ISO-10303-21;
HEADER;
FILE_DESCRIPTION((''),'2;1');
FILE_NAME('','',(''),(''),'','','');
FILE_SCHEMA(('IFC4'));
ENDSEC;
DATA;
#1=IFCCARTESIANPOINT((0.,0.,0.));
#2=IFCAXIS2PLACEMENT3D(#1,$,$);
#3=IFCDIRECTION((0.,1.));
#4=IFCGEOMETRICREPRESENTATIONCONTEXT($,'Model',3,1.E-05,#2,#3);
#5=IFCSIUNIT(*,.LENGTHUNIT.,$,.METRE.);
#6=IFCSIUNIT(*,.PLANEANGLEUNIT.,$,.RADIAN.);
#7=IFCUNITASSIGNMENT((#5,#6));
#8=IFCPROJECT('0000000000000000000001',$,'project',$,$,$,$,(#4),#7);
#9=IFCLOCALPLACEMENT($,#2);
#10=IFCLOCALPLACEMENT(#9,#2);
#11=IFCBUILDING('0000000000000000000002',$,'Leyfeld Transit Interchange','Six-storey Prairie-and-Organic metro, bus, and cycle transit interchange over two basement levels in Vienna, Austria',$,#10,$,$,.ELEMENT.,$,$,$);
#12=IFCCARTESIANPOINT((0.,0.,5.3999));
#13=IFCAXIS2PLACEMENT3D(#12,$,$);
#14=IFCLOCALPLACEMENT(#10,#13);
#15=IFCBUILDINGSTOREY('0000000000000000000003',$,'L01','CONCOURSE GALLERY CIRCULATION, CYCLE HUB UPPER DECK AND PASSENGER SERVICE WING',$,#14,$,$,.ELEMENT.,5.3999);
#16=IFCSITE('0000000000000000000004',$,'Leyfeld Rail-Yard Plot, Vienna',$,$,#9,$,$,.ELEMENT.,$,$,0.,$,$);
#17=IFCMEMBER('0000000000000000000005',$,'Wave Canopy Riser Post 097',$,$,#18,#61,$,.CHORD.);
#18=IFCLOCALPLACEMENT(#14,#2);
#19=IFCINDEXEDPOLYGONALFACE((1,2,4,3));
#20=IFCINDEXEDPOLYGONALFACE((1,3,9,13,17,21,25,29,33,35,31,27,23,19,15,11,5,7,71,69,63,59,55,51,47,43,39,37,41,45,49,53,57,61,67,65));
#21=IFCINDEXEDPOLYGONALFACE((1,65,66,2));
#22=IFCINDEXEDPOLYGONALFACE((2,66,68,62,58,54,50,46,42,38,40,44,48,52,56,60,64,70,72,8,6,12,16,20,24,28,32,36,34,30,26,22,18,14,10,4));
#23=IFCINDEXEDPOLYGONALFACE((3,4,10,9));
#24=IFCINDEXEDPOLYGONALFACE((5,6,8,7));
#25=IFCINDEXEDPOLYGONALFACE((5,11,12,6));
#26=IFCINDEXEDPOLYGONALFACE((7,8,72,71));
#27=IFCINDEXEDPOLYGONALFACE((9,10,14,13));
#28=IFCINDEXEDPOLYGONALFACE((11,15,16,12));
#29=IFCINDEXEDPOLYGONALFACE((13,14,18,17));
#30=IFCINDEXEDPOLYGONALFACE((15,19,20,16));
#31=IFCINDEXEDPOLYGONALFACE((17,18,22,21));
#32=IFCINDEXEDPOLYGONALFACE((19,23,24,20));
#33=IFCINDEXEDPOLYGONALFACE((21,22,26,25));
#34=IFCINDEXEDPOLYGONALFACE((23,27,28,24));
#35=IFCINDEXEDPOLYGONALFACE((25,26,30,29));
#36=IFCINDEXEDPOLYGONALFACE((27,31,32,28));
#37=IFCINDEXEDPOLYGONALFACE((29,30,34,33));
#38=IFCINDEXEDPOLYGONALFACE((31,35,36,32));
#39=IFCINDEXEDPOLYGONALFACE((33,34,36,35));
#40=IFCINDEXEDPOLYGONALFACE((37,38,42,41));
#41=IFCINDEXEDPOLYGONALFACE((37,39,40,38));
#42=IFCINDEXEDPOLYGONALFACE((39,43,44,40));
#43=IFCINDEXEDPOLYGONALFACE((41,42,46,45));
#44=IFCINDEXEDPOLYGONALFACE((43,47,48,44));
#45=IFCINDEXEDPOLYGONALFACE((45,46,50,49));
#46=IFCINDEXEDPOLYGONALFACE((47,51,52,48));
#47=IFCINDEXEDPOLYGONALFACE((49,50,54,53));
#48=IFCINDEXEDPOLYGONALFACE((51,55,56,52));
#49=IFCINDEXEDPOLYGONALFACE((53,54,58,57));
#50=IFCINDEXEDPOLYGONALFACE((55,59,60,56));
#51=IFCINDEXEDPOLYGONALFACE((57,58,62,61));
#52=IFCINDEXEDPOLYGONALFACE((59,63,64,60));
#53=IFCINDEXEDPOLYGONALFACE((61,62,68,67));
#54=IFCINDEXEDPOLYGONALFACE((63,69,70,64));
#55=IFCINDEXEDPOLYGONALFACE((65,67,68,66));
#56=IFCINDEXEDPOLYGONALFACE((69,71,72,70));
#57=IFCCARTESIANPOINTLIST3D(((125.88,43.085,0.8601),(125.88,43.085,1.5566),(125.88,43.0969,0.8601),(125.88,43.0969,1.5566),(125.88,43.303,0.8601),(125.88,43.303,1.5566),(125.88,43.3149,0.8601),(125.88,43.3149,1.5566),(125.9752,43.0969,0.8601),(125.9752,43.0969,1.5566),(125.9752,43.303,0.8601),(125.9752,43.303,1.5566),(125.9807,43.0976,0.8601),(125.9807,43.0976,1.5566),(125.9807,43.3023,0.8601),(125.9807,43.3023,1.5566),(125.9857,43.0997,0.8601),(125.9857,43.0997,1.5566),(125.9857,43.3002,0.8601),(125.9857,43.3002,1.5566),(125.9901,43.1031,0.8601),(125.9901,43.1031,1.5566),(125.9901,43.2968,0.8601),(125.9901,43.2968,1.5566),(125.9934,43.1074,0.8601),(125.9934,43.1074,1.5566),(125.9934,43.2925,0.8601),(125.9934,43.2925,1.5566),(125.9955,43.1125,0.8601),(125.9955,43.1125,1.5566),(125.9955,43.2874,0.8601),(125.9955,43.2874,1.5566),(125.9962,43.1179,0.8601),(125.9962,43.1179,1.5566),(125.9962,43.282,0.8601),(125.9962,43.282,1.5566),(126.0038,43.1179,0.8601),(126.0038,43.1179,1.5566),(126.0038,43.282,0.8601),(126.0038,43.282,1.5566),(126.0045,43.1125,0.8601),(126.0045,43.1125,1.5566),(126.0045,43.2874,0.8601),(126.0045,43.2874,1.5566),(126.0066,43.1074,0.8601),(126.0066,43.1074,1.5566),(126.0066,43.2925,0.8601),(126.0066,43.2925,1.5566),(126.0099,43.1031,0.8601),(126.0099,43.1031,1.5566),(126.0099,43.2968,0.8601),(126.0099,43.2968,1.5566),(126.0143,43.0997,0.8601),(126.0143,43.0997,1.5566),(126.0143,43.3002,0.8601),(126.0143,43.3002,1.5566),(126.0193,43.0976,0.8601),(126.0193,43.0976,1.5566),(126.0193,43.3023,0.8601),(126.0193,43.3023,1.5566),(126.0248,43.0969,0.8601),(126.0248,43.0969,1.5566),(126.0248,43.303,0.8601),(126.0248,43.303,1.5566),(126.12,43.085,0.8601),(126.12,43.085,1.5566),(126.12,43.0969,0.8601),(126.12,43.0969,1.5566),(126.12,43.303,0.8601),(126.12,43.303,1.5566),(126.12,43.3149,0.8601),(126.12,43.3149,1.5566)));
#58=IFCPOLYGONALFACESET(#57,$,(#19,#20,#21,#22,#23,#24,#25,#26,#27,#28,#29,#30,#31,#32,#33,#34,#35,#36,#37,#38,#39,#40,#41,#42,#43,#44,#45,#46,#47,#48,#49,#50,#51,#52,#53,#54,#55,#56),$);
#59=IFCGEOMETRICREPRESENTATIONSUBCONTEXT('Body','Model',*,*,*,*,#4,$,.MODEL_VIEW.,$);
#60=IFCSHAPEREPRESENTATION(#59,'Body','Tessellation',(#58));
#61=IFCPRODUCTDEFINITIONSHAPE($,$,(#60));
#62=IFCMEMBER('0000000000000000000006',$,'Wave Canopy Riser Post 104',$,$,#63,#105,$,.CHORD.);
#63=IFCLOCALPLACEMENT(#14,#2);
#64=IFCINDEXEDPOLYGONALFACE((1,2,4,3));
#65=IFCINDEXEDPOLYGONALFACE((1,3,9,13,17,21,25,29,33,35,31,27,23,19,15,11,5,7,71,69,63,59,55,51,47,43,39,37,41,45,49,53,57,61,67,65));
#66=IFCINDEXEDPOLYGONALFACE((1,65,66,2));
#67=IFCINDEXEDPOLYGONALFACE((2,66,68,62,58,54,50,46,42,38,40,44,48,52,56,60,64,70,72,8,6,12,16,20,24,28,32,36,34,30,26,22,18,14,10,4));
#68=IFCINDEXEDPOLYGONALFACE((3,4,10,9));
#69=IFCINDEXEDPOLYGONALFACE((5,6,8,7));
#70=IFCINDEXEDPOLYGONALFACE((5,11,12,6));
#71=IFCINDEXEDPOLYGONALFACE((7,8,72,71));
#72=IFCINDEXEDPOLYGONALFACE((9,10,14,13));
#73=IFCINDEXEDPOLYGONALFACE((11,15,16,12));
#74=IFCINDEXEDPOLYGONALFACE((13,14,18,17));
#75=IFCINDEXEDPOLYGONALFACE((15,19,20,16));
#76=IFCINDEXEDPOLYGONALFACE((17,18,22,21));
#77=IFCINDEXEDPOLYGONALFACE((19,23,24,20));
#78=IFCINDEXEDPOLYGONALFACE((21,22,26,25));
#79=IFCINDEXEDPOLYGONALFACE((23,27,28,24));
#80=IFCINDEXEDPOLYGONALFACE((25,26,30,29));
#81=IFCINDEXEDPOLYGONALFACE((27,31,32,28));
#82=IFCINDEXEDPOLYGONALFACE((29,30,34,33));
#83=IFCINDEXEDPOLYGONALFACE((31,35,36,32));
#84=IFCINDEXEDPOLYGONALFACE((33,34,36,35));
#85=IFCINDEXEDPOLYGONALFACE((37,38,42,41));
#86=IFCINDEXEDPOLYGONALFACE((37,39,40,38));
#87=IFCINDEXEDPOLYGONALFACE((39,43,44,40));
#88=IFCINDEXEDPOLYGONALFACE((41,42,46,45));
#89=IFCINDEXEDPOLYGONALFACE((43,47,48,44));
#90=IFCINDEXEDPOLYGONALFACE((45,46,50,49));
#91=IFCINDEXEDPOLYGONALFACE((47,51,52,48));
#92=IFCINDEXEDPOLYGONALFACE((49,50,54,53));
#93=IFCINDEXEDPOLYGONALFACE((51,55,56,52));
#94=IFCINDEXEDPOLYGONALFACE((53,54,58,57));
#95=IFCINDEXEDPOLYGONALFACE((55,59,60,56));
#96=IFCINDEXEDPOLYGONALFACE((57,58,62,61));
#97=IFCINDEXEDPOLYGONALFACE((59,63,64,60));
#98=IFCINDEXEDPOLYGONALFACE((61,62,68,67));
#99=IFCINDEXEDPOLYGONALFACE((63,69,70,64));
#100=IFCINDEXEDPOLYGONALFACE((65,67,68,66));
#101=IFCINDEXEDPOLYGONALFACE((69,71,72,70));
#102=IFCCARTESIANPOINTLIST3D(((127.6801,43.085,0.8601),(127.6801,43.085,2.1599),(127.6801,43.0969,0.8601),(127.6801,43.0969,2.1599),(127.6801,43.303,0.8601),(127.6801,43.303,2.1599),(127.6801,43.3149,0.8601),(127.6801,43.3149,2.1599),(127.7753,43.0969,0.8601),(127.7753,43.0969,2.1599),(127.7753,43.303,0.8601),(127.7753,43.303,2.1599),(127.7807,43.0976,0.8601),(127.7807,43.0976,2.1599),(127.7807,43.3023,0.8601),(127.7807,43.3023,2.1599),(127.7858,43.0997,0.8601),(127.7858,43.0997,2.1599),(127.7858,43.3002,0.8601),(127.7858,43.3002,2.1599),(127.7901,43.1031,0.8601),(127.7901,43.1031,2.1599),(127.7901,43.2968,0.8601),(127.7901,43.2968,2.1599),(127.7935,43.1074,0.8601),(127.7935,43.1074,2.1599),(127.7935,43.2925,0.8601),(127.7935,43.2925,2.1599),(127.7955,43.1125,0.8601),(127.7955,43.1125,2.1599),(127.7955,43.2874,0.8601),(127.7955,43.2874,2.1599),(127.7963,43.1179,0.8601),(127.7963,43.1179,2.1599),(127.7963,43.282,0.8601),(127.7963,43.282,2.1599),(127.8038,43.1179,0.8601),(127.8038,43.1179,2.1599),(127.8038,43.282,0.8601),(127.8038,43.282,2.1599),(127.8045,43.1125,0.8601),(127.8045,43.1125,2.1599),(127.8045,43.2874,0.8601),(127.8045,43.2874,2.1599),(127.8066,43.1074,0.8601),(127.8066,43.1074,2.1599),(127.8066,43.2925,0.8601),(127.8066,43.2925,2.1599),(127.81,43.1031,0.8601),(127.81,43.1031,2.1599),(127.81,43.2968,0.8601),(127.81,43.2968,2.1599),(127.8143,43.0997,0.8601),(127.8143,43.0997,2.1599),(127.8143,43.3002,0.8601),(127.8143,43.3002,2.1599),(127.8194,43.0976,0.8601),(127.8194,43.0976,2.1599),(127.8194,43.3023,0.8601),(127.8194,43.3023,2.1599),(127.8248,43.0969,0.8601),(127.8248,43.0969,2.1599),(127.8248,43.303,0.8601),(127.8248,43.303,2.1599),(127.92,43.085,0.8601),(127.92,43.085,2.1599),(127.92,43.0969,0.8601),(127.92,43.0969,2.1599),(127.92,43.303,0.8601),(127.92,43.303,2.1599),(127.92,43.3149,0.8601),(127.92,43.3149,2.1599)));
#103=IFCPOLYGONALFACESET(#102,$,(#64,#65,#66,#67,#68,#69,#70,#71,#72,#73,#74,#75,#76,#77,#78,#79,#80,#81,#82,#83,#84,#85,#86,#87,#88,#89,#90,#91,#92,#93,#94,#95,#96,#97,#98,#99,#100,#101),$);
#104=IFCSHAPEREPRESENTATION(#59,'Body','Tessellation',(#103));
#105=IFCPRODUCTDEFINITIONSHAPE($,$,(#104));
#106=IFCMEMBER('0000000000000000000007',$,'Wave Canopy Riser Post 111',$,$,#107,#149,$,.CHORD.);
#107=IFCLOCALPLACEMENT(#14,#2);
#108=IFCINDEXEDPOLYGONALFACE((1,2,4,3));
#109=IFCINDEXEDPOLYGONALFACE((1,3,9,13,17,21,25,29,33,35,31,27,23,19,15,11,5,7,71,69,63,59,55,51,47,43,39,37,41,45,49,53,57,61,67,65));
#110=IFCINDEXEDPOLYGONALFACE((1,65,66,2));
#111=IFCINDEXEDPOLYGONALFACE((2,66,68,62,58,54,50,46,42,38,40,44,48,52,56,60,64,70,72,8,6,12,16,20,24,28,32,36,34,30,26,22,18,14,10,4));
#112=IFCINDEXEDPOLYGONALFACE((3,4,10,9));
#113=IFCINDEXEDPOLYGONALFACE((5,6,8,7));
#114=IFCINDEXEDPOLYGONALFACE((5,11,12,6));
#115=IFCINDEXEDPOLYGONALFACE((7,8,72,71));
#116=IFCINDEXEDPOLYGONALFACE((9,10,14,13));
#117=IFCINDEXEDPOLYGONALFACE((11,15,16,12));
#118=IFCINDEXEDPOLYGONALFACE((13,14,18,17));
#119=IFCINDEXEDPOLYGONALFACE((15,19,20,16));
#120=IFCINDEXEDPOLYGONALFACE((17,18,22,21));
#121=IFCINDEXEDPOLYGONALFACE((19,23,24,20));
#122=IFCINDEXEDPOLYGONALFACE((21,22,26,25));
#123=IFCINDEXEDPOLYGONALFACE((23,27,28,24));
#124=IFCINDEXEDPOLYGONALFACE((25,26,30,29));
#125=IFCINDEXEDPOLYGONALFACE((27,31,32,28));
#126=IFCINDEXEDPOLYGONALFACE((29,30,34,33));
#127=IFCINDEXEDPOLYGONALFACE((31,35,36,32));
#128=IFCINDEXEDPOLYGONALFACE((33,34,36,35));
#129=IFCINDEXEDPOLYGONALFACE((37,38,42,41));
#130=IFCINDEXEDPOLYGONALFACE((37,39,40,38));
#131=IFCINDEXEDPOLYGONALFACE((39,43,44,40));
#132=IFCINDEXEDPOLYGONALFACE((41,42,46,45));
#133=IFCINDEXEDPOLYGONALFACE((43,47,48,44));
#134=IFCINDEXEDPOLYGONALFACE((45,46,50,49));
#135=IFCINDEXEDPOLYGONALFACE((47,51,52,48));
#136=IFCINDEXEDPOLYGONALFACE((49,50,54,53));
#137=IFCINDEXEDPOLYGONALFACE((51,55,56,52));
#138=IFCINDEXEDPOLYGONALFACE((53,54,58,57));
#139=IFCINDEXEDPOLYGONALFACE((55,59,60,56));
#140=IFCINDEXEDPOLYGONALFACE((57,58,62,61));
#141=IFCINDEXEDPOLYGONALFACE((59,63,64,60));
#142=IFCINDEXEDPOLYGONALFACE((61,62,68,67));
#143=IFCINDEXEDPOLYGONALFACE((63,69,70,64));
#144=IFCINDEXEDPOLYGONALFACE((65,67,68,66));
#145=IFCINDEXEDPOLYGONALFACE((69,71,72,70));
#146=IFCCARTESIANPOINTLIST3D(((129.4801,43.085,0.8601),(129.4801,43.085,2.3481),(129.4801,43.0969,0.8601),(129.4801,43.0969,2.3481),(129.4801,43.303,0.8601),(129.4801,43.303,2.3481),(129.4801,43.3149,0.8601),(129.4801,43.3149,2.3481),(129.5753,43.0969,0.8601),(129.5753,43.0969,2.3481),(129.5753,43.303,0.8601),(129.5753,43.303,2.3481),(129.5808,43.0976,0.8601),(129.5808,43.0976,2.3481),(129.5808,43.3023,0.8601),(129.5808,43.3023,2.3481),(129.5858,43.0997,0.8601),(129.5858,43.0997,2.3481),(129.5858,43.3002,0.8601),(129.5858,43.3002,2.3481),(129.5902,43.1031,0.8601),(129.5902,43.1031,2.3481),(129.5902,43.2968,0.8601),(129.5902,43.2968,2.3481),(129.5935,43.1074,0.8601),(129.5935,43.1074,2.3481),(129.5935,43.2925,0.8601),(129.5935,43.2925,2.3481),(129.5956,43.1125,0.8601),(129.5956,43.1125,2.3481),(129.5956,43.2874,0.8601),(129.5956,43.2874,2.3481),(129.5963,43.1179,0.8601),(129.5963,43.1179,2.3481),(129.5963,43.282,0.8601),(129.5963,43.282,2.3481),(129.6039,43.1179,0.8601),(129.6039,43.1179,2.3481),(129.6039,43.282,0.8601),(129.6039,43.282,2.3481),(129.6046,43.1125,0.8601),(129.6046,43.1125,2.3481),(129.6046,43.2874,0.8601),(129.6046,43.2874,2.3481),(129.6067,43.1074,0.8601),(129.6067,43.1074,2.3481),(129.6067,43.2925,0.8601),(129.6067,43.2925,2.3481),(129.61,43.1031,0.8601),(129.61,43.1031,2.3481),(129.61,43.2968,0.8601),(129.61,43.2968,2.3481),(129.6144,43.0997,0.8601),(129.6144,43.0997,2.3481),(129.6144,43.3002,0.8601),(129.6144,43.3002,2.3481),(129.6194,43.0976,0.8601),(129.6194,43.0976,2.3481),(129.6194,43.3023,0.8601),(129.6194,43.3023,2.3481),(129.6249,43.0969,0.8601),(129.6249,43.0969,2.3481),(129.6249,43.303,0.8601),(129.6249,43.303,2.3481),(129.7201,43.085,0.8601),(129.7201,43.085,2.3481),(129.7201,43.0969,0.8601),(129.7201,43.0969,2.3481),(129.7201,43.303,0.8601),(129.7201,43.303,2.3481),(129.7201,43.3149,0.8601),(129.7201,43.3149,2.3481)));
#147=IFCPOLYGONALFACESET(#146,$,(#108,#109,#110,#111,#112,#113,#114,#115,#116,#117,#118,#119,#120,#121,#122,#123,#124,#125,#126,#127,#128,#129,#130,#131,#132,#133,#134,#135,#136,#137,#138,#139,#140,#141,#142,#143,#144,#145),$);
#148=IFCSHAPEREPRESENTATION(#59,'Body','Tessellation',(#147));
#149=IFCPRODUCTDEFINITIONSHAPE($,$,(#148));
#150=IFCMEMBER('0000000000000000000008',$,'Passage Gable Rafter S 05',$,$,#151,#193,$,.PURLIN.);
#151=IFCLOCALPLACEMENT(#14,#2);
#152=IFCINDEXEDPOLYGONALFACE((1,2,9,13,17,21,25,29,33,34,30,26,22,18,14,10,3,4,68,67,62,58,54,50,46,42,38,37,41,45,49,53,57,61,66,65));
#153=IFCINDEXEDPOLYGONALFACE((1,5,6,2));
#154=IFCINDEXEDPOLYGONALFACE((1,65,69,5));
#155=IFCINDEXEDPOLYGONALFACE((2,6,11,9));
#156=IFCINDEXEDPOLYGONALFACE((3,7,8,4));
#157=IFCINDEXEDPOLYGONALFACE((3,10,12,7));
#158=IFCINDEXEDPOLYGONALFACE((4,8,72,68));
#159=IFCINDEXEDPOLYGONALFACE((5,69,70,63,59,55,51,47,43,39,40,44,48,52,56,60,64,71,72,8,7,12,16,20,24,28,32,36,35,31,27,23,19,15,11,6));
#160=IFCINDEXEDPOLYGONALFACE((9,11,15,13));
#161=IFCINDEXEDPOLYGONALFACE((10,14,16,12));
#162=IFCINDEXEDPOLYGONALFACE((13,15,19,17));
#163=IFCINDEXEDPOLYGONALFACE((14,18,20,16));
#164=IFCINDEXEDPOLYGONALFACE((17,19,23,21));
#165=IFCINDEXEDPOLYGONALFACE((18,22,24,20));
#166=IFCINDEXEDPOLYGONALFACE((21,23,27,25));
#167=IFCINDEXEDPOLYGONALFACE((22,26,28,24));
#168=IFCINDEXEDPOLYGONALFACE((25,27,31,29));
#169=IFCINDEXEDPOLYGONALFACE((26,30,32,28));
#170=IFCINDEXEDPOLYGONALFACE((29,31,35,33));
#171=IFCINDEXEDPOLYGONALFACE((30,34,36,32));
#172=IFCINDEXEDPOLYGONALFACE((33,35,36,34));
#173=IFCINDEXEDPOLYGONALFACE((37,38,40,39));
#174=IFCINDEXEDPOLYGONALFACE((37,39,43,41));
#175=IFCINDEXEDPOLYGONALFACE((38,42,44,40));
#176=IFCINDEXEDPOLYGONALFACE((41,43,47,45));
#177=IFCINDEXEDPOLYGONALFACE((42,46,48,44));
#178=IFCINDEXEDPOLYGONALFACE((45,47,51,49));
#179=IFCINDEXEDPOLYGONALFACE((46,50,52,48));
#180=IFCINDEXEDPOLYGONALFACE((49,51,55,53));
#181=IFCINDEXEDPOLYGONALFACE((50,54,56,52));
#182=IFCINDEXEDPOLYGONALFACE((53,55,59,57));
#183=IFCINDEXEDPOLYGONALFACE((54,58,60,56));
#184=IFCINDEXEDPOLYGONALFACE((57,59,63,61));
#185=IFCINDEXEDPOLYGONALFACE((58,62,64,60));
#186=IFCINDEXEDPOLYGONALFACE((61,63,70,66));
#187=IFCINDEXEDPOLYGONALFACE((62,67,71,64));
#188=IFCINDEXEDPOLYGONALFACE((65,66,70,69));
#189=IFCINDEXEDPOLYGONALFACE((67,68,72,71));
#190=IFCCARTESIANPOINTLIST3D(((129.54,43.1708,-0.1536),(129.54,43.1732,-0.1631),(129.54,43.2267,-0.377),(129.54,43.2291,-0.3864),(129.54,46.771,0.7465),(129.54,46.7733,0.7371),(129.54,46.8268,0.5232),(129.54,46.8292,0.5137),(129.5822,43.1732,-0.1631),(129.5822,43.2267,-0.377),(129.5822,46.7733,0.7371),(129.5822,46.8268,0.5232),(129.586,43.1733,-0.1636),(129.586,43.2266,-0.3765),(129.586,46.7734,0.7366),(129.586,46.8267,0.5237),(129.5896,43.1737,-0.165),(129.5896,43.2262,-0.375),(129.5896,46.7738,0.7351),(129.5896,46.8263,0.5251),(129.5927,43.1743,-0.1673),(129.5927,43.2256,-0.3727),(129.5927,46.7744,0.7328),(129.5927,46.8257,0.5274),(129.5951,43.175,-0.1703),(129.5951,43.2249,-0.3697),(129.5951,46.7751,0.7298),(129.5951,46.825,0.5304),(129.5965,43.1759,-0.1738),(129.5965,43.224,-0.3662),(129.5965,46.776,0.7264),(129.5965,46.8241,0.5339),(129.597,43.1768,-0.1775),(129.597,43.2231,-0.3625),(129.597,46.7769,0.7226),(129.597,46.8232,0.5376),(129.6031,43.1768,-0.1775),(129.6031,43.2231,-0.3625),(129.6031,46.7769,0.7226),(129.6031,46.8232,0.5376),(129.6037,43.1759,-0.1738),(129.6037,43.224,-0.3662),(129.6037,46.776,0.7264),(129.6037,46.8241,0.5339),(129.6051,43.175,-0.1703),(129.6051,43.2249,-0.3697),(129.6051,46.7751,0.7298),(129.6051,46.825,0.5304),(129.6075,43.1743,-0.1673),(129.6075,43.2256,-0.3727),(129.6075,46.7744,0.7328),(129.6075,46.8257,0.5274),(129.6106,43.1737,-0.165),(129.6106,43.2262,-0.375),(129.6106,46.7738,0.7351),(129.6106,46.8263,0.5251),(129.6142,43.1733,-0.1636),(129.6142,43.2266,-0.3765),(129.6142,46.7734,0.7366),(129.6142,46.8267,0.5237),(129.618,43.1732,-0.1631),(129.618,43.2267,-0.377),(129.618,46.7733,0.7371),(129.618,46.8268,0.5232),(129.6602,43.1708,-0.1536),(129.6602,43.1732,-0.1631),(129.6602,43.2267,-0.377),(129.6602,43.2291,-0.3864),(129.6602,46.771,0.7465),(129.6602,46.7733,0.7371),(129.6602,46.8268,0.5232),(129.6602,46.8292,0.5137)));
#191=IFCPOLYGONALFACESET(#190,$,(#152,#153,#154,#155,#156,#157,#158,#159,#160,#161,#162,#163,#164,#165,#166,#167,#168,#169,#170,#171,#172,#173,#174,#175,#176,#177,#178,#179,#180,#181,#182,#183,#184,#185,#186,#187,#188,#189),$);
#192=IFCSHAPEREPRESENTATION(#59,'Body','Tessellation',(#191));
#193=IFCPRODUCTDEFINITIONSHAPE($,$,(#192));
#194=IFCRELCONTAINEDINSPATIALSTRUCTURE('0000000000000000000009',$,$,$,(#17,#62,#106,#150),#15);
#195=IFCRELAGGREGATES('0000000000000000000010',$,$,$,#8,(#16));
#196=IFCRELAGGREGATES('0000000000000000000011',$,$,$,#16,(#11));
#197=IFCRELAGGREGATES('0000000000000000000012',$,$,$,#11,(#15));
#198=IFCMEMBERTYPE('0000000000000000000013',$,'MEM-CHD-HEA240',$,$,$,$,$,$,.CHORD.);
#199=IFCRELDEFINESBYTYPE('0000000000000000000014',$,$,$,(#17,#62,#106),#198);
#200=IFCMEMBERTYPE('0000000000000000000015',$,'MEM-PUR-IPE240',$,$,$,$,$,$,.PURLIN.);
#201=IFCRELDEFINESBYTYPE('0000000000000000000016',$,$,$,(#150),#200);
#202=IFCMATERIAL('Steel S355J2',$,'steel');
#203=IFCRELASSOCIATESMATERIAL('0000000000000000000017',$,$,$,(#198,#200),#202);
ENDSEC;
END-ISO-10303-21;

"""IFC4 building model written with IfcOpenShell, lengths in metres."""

from ifc_helpers import new_model, si_unit, direction, frame, origin, origin_2d, place, context, subcontext, project, spatial, i_section, extrude, material, material_profile, profile_set, type_object, element, save


model = new_model("IFC4")

# Units and contexts
model_context = context("Model", 3, precision=1e-05, world=origin(), true_north=direction((0.0, 1.0)))
body_context = subcontext(model_context, "Body", "Model", "MODEL_VIEW")
ifc_project = project(units=[si_unit("LENGTHUNIT", "METRE"), si_unit("PLANEANGLEUNIT", "RADIAN")], contexts=[model_context])

# Site, building, storey
site_placement = place(None, origin())
site = spatial("IfcSite", under=ifc_project, at=site_placement, Name="Leyfeld Rail-Yard Plot, Vienna", CompositionType="ELEMENT", RefElevation=0.0)
building_placement = place(site_placement, origin())
building = spatial("IfcBuilding", under=site, at=building_placement, Name="Leyfeld Transit Interchange", Description="Six-storey Prairie-and-Organic metro, bus, and cycle transit interchange over two basement levels in Vienna, Austria", CompositionType="ELEMENT")
storey_placement = place(building_placement, frame((0.0, 0.0, 5.3999)))
storey = spatial("IfcBuildingStorey", under=building, at=storey_placement, Name="L01", Description="CONCOURSE GALLERY CIRCULATION, CYCLE HUB UPPER DECK AND PASSENGER SERVICE WING", CompositionType="ELEMENT", Elevation=5.3999)

# Shared definitions
ifc_material_1 = material(Name="Steel S355J2", Category="steel")

# Members
ifc_material_profile_1 = material_profile(ifc_material_1, i_section(OverallWidth=0.24, OverallDepth=0.23, WebThickness=0.0076, FlangeThickness=0.012, FilletRadius=0.021, at=origin_2d()), Name="HEA 240")
ifc_profile_set_1 = profile_set([ifc_material_profile_1], Name="Steel S355J2")
member_type_1 = type_object("IfcMemberType", Name="MEM-CHD-HEA240", PredefinedType="CHORD", material=ifc_profile_set_1)
member_1_placement = place(storey_placement, frame((126.0, 43.2, 0.8601), z_axis=(0.0, 0.0, 1.0), x_axis=(1.0, 0.0, 0.0)))
element("IfcMember", 1, at=member_1_placement, inside=storey, type_object=member_type_1, Name="Wave Canopy Riser Post 097", PredefinedType="CHORD", context=body_context, shape_type="SweptSolid", body=[
    extrude(i_section(OverallWidth=0.24, OverallDepth=0.23, WebThickness=0.0076, FlangeThickness=0.012, FilletRadius=0.021, at=origin_2d()), origin(), (0.0, 0.0, 1.0), 0.6965),
])
member_2_placement = place(storey_placement, frame((127.8, 43.2, 0.8601), z_axis=(0.0, 0.0, 1.0), x_axis=(1.0, 0.0, 0.0)))
element("IfcMember", 2, at=member_2_placement, inside=storey, type_object=member_type_1, Name="Wave Canopy Riser Post 104", PredefinedType="CHORD", context=body_context, shape_type="SweptSolid", body=[
    extrude(i_section(OverallWidth=0.24, OverallDepth=0.23, WebThickness=0.0076, FlangeThickness=0.012, FilletRadius=0.021, at=origin_2d()), origin(), (0.0, 0.0, 1.0), 1.2998),
])
member_3_placement = place(storey_placement, frame((129.6001, 43.2, 0.8601), z_axis=(0.0, 0.0, 1.0), x_axis=(1.0, 0.0, 0.0)))
element("IfcMember", 3, at=member_3_placement, inside=storey, type_object=member_type_1, Name="Wave Canopy Riser Post 111", PredefinedType="CHORD", context=body_context, shape_type="SweptSolid", body=[
    extrude(i_section(OverallWidth=0.24, OverallDepth=0.23, WebThickness=0.0076, FlangeThickness=0.012, FilletRadius=0.021, at=origin_2d()), origin(), (0.0, 0.0, 1.0), 1.488),
])
ifc_material_profile_2 = material_profile(ifc_material_1, i_section(OverallWidth=0.1201, OverallDepth=0.24, WebThickness=0.0061, FlangeThickness=0.0098, FilletRadius=0.0149, at=origin_2d()), Name="IPE 240")
ifc_profile_set_2 = profile_set([ifc_material_profile_2], Name="Steel S355J2")
member_type_2 = type_object("IfcMemberType", Name="MEM-PUR-IPE240", PredefinedType="PURLIN", material=ifc_profile_set_2)
member_4_placement = place(storey_placement, frame((129.6001, 43.2, -0.27), z_axis=(0.0, 0.970135, 0.242567), x_axis=(-1.0, 0.0, 0.0)))
element("IfcMember", 4, at=member_4_placement, inside=storey, type_object=member_type_2, Name="Passage Gable Rafter S 05", PredefinedType="PURLIN", context=body_context, shape_type="SweptSolid", body=[
    extrude(i_section(OverallWidth=0.1201, OverallDepth=0.24, WebThickness=0.0061, FlangeThickness=0.0098, FilletRadius=0.0149, at=origin_2d()), origin(), (0.0, 0.0, 1.0), 3.7109),
])

save(model, "model.ifc")
